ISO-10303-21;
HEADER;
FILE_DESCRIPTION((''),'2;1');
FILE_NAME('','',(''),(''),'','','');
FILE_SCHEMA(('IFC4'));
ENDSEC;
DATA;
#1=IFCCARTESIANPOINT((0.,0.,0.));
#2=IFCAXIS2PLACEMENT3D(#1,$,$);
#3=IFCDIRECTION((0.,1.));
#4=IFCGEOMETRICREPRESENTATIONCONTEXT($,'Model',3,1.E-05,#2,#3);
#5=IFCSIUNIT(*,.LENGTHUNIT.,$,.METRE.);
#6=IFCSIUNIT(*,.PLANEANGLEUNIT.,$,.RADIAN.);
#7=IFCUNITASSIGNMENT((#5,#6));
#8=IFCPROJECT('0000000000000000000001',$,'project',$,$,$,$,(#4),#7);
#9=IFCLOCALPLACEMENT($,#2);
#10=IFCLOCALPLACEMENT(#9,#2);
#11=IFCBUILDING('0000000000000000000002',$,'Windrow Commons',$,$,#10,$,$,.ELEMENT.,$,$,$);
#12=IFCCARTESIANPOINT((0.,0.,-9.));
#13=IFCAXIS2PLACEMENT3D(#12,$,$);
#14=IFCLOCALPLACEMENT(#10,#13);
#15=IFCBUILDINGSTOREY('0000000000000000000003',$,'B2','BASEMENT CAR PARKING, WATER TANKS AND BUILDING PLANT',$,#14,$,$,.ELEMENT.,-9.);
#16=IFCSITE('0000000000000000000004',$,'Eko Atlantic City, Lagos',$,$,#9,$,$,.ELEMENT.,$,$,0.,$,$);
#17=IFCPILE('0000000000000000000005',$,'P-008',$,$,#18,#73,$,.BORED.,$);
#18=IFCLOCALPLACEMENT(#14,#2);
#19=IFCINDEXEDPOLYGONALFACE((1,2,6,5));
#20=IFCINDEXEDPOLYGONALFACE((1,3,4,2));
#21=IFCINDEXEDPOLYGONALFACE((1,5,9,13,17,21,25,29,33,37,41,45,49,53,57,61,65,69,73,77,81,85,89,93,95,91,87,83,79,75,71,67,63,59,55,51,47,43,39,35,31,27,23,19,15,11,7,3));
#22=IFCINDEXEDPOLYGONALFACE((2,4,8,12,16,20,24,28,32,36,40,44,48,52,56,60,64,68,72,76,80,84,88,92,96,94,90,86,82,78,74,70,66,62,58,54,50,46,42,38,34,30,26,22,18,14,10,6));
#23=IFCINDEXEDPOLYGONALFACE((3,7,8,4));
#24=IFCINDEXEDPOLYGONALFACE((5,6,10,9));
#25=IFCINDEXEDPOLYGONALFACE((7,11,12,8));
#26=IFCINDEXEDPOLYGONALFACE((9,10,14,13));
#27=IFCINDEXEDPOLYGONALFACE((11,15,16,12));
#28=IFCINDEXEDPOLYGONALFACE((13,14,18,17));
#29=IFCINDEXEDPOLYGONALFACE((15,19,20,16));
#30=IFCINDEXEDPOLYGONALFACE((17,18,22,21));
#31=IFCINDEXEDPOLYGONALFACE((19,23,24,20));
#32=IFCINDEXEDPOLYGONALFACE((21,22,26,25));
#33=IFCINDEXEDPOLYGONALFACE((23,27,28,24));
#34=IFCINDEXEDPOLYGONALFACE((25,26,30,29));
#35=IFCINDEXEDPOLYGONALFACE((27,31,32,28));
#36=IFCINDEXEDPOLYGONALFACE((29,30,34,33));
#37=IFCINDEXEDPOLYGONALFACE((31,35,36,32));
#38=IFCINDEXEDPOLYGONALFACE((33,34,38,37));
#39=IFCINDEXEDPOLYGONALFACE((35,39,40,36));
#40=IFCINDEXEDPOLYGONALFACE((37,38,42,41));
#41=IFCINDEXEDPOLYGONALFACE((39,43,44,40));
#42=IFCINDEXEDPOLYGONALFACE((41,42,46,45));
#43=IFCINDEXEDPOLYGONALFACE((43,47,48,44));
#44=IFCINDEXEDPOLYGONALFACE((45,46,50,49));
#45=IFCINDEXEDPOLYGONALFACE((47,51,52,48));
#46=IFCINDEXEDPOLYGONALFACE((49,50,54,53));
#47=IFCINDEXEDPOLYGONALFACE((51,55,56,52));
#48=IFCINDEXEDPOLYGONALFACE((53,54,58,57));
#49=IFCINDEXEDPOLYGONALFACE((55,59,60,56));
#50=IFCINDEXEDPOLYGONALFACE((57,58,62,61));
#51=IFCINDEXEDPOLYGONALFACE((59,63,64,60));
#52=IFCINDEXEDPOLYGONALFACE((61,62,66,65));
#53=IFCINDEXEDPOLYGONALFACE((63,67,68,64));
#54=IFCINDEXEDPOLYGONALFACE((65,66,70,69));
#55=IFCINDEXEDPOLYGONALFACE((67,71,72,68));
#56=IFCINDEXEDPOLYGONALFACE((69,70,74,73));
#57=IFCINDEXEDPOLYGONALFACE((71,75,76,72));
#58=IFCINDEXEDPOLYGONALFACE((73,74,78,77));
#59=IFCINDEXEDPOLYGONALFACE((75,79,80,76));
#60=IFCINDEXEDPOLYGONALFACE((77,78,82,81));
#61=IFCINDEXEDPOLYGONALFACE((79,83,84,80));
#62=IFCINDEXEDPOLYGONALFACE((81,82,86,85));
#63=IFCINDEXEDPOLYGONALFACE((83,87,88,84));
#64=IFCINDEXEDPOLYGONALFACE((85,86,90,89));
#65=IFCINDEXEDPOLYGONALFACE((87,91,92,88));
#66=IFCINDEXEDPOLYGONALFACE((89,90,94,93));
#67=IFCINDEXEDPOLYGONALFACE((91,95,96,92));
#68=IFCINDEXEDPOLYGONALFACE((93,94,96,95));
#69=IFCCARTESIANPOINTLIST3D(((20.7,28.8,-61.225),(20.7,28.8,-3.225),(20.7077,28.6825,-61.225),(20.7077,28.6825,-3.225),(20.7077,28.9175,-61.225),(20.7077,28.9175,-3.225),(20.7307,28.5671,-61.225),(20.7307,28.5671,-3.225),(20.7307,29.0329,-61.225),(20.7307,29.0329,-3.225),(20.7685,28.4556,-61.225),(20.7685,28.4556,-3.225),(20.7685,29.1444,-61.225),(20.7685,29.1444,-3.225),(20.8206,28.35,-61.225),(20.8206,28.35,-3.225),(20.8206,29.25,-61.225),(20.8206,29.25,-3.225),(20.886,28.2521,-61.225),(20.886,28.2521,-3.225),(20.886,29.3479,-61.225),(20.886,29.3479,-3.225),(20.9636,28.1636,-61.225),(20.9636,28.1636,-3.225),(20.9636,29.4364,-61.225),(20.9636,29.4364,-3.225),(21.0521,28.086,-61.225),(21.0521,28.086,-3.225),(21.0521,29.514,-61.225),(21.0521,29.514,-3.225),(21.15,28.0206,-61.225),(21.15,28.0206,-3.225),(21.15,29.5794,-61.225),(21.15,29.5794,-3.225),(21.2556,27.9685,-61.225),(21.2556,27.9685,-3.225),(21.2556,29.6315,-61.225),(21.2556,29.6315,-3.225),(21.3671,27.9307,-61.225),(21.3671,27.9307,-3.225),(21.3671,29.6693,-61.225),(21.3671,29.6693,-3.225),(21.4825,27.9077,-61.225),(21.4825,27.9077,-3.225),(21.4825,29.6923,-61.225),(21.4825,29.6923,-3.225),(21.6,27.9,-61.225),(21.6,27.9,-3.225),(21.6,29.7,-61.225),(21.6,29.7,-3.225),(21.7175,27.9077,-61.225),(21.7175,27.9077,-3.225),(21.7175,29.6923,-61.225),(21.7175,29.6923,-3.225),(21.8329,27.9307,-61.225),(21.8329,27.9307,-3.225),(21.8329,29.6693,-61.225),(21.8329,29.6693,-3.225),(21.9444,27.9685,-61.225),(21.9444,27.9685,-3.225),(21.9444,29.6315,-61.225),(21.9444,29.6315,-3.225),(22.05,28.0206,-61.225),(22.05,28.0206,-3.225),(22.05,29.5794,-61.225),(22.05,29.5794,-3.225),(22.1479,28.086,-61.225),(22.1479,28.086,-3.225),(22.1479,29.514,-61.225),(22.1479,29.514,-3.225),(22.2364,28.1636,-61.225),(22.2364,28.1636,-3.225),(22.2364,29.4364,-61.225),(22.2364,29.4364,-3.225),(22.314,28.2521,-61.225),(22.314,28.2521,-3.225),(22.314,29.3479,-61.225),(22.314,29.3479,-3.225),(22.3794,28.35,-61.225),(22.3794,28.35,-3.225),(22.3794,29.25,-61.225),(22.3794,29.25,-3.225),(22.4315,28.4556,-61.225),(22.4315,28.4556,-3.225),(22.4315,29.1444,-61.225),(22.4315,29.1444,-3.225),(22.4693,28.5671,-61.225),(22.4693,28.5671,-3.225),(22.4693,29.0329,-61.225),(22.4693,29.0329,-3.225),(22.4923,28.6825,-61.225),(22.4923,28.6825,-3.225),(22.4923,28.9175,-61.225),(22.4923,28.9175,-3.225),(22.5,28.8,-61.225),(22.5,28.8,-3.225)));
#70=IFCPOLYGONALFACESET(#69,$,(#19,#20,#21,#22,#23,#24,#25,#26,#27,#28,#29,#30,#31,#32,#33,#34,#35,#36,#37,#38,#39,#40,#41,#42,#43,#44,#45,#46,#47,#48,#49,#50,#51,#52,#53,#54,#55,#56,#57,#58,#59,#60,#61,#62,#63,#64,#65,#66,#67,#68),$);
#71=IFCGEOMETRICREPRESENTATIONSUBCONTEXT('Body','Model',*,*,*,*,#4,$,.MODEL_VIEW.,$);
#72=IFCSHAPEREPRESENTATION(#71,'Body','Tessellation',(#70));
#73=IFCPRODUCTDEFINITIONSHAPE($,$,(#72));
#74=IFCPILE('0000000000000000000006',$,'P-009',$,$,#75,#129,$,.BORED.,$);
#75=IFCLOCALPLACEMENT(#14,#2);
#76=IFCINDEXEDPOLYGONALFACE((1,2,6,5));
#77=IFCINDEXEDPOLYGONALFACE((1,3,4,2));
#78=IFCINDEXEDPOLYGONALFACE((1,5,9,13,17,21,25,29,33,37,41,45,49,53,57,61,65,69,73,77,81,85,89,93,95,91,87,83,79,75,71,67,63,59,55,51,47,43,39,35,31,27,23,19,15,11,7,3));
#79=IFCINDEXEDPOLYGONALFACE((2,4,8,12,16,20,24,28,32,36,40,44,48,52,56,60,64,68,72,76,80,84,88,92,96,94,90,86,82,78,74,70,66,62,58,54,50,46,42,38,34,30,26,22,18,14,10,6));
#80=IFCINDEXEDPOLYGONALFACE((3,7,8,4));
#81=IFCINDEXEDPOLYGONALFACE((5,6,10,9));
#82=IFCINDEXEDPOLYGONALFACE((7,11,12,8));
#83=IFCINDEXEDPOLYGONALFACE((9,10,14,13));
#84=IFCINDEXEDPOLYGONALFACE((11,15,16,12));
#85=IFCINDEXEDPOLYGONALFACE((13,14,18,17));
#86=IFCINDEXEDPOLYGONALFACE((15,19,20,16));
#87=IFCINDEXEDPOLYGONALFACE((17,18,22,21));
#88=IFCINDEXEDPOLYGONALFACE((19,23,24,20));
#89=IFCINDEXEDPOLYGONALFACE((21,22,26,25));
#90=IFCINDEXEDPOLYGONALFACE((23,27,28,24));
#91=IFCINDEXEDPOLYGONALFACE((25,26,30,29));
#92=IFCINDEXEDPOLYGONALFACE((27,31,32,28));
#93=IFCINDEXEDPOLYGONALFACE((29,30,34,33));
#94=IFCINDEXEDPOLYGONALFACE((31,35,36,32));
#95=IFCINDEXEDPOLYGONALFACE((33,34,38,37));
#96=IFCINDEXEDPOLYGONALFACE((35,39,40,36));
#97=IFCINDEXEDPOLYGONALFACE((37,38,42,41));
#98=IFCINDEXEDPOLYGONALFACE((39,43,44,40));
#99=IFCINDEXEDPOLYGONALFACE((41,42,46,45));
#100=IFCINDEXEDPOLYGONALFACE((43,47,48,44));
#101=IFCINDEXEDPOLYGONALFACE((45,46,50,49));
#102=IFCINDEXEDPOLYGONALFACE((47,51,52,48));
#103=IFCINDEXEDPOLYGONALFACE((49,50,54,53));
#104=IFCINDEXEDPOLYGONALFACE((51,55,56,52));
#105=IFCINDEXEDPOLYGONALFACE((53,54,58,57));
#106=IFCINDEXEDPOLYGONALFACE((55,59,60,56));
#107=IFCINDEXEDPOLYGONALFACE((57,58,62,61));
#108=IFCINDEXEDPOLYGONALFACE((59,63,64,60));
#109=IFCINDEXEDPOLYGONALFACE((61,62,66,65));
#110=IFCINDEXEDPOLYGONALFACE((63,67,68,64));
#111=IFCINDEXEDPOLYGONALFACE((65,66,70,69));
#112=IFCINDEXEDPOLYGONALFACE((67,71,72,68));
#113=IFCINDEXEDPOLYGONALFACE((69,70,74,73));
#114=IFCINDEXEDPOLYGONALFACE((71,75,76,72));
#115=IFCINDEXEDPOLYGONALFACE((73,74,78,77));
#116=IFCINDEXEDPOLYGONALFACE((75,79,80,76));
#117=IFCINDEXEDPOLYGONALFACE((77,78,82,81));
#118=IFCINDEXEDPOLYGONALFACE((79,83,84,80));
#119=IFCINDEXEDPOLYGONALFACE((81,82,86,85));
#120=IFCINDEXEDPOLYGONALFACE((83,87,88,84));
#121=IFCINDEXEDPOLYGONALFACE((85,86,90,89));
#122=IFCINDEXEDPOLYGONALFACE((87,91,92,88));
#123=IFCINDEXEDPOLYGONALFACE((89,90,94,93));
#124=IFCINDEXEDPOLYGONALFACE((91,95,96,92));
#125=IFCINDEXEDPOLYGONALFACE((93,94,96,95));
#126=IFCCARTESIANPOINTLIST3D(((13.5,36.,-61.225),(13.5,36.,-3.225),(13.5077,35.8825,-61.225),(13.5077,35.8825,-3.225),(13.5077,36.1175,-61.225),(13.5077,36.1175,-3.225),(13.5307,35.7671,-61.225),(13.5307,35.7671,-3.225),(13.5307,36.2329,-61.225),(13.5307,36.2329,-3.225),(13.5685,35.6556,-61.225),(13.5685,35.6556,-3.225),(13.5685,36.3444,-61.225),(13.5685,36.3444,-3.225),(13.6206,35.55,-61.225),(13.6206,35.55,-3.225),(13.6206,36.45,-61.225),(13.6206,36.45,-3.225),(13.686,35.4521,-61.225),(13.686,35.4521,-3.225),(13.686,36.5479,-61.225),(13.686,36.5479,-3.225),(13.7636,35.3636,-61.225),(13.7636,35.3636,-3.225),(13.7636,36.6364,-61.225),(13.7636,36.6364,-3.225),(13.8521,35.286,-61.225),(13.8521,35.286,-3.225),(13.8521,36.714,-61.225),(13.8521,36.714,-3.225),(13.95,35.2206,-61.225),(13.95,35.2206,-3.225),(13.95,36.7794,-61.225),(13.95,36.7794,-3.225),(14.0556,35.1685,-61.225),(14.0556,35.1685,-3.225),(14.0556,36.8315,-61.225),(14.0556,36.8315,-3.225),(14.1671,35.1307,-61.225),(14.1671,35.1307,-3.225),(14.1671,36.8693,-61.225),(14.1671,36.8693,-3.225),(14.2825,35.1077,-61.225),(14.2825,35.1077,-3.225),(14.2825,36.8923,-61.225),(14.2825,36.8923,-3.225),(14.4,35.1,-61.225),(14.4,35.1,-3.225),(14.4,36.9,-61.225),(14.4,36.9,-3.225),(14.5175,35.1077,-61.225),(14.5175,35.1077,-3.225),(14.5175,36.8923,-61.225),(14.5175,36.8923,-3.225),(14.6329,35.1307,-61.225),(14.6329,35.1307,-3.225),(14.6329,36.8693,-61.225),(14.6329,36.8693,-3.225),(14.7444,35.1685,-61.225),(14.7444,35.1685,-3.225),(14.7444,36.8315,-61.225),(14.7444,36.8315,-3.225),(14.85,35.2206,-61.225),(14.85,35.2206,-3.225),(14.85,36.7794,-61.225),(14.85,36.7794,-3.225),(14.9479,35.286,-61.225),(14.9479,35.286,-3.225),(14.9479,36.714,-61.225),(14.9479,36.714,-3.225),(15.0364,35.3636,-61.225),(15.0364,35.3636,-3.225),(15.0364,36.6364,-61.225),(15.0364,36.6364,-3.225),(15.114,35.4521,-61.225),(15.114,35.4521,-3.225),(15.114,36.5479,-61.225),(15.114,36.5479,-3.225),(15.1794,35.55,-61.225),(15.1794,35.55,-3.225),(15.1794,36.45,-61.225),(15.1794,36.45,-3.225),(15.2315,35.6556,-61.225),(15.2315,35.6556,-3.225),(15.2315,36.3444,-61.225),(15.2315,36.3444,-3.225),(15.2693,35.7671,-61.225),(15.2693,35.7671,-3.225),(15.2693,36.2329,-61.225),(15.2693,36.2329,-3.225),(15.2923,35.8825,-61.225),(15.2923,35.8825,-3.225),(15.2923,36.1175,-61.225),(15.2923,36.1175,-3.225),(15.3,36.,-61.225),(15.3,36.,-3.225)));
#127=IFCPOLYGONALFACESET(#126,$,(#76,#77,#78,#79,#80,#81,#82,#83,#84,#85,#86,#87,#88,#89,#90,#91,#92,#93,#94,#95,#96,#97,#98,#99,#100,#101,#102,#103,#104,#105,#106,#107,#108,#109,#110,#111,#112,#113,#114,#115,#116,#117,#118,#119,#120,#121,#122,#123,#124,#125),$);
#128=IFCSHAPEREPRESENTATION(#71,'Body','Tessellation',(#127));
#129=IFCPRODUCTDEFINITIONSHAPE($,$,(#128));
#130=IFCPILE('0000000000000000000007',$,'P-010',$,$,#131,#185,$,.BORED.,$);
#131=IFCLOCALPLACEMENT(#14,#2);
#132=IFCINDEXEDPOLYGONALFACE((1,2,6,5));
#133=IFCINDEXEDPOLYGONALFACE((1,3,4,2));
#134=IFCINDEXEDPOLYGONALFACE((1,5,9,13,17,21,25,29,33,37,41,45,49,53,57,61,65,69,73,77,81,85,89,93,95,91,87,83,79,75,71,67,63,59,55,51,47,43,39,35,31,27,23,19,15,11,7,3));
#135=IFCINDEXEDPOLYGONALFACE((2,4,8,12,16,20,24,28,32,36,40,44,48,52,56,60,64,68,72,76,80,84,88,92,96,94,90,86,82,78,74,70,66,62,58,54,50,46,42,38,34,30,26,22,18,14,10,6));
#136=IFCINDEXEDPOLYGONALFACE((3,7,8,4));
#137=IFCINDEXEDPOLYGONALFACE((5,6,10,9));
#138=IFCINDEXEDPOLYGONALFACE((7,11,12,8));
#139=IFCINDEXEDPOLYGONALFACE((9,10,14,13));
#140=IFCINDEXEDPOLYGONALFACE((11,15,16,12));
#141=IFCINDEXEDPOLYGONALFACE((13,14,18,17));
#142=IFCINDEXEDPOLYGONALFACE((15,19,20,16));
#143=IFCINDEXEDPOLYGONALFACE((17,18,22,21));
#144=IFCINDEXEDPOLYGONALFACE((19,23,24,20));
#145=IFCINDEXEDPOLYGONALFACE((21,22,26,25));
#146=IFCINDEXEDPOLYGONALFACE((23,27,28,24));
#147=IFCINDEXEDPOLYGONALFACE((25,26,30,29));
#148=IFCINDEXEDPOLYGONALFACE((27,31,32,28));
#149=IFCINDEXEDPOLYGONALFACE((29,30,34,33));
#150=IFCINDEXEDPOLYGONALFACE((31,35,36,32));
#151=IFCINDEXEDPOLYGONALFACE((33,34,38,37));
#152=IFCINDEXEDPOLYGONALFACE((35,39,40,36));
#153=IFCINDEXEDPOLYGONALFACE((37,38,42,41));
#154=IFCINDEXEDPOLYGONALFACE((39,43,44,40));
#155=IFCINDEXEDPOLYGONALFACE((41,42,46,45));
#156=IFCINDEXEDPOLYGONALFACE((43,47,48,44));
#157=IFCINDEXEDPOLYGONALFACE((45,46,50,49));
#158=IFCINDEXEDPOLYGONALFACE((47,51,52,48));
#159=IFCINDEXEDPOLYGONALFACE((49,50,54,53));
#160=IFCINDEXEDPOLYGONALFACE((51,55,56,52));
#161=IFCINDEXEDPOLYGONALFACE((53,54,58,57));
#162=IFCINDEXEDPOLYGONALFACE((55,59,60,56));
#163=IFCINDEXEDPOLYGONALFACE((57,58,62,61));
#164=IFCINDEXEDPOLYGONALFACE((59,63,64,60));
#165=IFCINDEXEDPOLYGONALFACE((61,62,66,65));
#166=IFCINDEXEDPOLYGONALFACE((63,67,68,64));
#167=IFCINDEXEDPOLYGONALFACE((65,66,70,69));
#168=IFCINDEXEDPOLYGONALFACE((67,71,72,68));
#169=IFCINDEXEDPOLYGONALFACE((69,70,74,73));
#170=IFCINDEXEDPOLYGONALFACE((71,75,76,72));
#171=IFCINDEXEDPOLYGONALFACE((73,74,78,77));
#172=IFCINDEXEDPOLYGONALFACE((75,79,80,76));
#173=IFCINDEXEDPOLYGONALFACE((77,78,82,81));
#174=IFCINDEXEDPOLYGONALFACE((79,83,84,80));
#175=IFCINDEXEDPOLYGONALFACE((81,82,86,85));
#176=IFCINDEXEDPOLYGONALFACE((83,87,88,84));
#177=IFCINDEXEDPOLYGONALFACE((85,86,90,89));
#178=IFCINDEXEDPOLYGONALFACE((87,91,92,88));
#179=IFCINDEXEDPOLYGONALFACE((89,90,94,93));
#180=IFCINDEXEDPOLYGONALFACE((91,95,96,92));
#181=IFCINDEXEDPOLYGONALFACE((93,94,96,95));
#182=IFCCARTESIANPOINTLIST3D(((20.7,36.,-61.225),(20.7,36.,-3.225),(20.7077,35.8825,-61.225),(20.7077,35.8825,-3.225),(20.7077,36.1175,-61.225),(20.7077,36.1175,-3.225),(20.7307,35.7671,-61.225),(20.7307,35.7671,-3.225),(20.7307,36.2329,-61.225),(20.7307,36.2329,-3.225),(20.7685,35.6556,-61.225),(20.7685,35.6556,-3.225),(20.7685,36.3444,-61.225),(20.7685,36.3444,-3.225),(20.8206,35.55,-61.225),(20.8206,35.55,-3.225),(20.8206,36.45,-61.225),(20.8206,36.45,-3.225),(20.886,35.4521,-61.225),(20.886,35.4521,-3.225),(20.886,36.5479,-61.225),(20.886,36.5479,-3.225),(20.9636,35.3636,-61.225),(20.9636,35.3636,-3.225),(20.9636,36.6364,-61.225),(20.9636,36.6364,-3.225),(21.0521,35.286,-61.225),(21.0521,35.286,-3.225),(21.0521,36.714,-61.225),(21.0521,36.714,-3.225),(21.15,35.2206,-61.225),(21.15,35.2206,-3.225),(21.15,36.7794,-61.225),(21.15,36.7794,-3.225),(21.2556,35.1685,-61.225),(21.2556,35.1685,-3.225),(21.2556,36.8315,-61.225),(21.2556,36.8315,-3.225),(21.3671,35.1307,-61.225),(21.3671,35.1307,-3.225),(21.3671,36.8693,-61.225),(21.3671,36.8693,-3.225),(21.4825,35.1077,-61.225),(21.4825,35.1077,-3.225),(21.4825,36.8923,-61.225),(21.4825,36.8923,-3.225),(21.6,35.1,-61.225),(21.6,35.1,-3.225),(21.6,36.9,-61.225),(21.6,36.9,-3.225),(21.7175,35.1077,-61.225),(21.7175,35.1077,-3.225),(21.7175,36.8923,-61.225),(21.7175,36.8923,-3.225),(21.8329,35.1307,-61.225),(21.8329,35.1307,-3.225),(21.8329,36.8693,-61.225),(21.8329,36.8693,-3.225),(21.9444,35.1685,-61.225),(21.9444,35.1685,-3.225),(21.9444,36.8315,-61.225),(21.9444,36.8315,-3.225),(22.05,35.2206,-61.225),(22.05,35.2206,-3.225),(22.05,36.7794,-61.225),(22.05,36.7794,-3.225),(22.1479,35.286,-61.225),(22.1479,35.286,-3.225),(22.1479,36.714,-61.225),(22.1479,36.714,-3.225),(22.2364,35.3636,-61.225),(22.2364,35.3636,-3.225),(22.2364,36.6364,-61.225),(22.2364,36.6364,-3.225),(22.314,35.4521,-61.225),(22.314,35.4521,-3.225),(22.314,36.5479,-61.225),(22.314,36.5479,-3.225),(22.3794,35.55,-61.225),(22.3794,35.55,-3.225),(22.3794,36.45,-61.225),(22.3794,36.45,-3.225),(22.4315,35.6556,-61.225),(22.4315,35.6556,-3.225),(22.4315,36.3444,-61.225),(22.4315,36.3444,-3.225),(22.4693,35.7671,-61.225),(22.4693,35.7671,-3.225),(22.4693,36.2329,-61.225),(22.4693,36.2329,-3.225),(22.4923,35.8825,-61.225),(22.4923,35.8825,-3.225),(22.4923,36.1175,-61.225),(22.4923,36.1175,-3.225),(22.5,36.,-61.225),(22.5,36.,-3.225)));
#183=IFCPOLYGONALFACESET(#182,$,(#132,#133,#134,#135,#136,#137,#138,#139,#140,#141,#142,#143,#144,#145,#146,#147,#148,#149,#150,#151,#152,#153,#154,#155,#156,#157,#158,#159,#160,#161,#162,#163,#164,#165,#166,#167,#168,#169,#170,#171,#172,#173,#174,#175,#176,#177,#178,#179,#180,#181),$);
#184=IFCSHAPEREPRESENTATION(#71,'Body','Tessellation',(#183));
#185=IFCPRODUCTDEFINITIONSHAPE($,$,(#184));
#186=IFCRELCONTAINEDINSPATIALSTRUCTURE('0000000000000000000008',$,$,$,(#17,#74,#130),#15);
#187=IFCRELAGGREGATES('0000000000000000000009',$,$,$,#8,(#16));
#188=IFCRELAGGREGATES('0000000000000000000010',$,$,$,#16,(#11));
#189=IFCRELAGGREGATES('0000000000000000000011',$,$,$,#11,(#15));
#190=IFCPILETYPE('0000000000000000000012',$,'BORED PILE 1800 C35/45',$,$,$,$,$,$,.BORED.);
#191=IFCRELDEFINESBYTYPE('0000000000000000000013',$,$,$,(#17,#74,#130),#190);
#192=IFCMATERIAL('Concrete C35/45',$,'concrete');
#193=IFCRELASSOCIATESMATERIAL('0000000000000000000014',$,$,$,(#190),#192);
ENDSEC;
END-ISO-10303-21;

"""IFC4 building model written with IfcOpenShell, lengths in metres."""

from ifc_helpers import new_model, si_unit, direction, frame, origin, origin_2d, place, context, subcontext, project, spatial, circle, extrude, material, material_profile, profile_set, type_object, element, save


model = new_model("IFC4")

# Units and contexts
model_context = context("Model", 3, precision=1e-05, world=origin(), true_north=direction((0.0, 1.0)))
body_context = subcontext(model_context, "Body", "Model", "MODEL_VIEW")
ifc_project = project(units=[si_unit("LENGTHUNIT", "METRE"), si_unit("PLANEANGLEUNIT", "RADIAN")], contexts=[model_context])

# Site, building, storey
site_placement = place(None, origin())
site = spatial("IfcSite", under=ifc_project, at=site_placement, Name="Eko Atlantic City, Lagos", CompositionType="ELEMENT", RefElevation=0.0)
building_placement = place(site_placement, origin())
building = spatial("IfcBuilding", under=site, at=building_placement, Name="Windrow Commons", CompositionType="ELEMENT")
storey_placement = place(building_placement, frame((0.0, 0.0, -9.0)))
storey = spatial("IfcBuildingStorey", under=building, at=storey_placement, Name="B2", Description="BASEMENT CAR PARKING, WATER TANKS AND BUILDING PLANT", CompositionType="ELEMENT", Elevation=-9.0)

# Piles
ifc_material_1 = material(Name="Concrete C35/45", Category="concrete")
ifc_material_profile_1 = material_profile(ifc_material_1, circle(Radius=0.9, at=origin_2d()))
ifc_profile_set_1 = profile_set([ifc_material_profile_1], Name="Concrete C35/45")
pile_type = type_object("IfcPileType", Name="BORED PILE 1800 C35/45", PredefinedType="BORED", material=ifc_profile_set_1)
for number, where, z_axis, x_axis, name in (
    (1, (21.6, 28.8, -3.225), (0.0, 0.0, -1.0), (1.0, 0.0, 0.0), "P-008"),
    (2, (14.4, 36.0, -3.225), (0.0, 0.0, -1.0), (1.0, 0.0, 0.0), "P-009"),
    (3, (21.6, 36.0, -3.225), (0.0, 0.0, -1.0), (1.0, 0.0, 0.0), "P-010"),
):
    element("IfcPile", number, at=place(storey_placement, frame(where, z_axis=z_axis, x_axis=x_axis)), inside=storey, type_object=pile_type, Name=name, PredefinedType="BORED", context=body_context, shape_type="SweptSolid", body=[
        extrude(circle(Radius=0.9, at=origin_2d()), origin(), (0.0, 0.0, 1.0), 58.0),
    ])

save(model, "model.ifc")
